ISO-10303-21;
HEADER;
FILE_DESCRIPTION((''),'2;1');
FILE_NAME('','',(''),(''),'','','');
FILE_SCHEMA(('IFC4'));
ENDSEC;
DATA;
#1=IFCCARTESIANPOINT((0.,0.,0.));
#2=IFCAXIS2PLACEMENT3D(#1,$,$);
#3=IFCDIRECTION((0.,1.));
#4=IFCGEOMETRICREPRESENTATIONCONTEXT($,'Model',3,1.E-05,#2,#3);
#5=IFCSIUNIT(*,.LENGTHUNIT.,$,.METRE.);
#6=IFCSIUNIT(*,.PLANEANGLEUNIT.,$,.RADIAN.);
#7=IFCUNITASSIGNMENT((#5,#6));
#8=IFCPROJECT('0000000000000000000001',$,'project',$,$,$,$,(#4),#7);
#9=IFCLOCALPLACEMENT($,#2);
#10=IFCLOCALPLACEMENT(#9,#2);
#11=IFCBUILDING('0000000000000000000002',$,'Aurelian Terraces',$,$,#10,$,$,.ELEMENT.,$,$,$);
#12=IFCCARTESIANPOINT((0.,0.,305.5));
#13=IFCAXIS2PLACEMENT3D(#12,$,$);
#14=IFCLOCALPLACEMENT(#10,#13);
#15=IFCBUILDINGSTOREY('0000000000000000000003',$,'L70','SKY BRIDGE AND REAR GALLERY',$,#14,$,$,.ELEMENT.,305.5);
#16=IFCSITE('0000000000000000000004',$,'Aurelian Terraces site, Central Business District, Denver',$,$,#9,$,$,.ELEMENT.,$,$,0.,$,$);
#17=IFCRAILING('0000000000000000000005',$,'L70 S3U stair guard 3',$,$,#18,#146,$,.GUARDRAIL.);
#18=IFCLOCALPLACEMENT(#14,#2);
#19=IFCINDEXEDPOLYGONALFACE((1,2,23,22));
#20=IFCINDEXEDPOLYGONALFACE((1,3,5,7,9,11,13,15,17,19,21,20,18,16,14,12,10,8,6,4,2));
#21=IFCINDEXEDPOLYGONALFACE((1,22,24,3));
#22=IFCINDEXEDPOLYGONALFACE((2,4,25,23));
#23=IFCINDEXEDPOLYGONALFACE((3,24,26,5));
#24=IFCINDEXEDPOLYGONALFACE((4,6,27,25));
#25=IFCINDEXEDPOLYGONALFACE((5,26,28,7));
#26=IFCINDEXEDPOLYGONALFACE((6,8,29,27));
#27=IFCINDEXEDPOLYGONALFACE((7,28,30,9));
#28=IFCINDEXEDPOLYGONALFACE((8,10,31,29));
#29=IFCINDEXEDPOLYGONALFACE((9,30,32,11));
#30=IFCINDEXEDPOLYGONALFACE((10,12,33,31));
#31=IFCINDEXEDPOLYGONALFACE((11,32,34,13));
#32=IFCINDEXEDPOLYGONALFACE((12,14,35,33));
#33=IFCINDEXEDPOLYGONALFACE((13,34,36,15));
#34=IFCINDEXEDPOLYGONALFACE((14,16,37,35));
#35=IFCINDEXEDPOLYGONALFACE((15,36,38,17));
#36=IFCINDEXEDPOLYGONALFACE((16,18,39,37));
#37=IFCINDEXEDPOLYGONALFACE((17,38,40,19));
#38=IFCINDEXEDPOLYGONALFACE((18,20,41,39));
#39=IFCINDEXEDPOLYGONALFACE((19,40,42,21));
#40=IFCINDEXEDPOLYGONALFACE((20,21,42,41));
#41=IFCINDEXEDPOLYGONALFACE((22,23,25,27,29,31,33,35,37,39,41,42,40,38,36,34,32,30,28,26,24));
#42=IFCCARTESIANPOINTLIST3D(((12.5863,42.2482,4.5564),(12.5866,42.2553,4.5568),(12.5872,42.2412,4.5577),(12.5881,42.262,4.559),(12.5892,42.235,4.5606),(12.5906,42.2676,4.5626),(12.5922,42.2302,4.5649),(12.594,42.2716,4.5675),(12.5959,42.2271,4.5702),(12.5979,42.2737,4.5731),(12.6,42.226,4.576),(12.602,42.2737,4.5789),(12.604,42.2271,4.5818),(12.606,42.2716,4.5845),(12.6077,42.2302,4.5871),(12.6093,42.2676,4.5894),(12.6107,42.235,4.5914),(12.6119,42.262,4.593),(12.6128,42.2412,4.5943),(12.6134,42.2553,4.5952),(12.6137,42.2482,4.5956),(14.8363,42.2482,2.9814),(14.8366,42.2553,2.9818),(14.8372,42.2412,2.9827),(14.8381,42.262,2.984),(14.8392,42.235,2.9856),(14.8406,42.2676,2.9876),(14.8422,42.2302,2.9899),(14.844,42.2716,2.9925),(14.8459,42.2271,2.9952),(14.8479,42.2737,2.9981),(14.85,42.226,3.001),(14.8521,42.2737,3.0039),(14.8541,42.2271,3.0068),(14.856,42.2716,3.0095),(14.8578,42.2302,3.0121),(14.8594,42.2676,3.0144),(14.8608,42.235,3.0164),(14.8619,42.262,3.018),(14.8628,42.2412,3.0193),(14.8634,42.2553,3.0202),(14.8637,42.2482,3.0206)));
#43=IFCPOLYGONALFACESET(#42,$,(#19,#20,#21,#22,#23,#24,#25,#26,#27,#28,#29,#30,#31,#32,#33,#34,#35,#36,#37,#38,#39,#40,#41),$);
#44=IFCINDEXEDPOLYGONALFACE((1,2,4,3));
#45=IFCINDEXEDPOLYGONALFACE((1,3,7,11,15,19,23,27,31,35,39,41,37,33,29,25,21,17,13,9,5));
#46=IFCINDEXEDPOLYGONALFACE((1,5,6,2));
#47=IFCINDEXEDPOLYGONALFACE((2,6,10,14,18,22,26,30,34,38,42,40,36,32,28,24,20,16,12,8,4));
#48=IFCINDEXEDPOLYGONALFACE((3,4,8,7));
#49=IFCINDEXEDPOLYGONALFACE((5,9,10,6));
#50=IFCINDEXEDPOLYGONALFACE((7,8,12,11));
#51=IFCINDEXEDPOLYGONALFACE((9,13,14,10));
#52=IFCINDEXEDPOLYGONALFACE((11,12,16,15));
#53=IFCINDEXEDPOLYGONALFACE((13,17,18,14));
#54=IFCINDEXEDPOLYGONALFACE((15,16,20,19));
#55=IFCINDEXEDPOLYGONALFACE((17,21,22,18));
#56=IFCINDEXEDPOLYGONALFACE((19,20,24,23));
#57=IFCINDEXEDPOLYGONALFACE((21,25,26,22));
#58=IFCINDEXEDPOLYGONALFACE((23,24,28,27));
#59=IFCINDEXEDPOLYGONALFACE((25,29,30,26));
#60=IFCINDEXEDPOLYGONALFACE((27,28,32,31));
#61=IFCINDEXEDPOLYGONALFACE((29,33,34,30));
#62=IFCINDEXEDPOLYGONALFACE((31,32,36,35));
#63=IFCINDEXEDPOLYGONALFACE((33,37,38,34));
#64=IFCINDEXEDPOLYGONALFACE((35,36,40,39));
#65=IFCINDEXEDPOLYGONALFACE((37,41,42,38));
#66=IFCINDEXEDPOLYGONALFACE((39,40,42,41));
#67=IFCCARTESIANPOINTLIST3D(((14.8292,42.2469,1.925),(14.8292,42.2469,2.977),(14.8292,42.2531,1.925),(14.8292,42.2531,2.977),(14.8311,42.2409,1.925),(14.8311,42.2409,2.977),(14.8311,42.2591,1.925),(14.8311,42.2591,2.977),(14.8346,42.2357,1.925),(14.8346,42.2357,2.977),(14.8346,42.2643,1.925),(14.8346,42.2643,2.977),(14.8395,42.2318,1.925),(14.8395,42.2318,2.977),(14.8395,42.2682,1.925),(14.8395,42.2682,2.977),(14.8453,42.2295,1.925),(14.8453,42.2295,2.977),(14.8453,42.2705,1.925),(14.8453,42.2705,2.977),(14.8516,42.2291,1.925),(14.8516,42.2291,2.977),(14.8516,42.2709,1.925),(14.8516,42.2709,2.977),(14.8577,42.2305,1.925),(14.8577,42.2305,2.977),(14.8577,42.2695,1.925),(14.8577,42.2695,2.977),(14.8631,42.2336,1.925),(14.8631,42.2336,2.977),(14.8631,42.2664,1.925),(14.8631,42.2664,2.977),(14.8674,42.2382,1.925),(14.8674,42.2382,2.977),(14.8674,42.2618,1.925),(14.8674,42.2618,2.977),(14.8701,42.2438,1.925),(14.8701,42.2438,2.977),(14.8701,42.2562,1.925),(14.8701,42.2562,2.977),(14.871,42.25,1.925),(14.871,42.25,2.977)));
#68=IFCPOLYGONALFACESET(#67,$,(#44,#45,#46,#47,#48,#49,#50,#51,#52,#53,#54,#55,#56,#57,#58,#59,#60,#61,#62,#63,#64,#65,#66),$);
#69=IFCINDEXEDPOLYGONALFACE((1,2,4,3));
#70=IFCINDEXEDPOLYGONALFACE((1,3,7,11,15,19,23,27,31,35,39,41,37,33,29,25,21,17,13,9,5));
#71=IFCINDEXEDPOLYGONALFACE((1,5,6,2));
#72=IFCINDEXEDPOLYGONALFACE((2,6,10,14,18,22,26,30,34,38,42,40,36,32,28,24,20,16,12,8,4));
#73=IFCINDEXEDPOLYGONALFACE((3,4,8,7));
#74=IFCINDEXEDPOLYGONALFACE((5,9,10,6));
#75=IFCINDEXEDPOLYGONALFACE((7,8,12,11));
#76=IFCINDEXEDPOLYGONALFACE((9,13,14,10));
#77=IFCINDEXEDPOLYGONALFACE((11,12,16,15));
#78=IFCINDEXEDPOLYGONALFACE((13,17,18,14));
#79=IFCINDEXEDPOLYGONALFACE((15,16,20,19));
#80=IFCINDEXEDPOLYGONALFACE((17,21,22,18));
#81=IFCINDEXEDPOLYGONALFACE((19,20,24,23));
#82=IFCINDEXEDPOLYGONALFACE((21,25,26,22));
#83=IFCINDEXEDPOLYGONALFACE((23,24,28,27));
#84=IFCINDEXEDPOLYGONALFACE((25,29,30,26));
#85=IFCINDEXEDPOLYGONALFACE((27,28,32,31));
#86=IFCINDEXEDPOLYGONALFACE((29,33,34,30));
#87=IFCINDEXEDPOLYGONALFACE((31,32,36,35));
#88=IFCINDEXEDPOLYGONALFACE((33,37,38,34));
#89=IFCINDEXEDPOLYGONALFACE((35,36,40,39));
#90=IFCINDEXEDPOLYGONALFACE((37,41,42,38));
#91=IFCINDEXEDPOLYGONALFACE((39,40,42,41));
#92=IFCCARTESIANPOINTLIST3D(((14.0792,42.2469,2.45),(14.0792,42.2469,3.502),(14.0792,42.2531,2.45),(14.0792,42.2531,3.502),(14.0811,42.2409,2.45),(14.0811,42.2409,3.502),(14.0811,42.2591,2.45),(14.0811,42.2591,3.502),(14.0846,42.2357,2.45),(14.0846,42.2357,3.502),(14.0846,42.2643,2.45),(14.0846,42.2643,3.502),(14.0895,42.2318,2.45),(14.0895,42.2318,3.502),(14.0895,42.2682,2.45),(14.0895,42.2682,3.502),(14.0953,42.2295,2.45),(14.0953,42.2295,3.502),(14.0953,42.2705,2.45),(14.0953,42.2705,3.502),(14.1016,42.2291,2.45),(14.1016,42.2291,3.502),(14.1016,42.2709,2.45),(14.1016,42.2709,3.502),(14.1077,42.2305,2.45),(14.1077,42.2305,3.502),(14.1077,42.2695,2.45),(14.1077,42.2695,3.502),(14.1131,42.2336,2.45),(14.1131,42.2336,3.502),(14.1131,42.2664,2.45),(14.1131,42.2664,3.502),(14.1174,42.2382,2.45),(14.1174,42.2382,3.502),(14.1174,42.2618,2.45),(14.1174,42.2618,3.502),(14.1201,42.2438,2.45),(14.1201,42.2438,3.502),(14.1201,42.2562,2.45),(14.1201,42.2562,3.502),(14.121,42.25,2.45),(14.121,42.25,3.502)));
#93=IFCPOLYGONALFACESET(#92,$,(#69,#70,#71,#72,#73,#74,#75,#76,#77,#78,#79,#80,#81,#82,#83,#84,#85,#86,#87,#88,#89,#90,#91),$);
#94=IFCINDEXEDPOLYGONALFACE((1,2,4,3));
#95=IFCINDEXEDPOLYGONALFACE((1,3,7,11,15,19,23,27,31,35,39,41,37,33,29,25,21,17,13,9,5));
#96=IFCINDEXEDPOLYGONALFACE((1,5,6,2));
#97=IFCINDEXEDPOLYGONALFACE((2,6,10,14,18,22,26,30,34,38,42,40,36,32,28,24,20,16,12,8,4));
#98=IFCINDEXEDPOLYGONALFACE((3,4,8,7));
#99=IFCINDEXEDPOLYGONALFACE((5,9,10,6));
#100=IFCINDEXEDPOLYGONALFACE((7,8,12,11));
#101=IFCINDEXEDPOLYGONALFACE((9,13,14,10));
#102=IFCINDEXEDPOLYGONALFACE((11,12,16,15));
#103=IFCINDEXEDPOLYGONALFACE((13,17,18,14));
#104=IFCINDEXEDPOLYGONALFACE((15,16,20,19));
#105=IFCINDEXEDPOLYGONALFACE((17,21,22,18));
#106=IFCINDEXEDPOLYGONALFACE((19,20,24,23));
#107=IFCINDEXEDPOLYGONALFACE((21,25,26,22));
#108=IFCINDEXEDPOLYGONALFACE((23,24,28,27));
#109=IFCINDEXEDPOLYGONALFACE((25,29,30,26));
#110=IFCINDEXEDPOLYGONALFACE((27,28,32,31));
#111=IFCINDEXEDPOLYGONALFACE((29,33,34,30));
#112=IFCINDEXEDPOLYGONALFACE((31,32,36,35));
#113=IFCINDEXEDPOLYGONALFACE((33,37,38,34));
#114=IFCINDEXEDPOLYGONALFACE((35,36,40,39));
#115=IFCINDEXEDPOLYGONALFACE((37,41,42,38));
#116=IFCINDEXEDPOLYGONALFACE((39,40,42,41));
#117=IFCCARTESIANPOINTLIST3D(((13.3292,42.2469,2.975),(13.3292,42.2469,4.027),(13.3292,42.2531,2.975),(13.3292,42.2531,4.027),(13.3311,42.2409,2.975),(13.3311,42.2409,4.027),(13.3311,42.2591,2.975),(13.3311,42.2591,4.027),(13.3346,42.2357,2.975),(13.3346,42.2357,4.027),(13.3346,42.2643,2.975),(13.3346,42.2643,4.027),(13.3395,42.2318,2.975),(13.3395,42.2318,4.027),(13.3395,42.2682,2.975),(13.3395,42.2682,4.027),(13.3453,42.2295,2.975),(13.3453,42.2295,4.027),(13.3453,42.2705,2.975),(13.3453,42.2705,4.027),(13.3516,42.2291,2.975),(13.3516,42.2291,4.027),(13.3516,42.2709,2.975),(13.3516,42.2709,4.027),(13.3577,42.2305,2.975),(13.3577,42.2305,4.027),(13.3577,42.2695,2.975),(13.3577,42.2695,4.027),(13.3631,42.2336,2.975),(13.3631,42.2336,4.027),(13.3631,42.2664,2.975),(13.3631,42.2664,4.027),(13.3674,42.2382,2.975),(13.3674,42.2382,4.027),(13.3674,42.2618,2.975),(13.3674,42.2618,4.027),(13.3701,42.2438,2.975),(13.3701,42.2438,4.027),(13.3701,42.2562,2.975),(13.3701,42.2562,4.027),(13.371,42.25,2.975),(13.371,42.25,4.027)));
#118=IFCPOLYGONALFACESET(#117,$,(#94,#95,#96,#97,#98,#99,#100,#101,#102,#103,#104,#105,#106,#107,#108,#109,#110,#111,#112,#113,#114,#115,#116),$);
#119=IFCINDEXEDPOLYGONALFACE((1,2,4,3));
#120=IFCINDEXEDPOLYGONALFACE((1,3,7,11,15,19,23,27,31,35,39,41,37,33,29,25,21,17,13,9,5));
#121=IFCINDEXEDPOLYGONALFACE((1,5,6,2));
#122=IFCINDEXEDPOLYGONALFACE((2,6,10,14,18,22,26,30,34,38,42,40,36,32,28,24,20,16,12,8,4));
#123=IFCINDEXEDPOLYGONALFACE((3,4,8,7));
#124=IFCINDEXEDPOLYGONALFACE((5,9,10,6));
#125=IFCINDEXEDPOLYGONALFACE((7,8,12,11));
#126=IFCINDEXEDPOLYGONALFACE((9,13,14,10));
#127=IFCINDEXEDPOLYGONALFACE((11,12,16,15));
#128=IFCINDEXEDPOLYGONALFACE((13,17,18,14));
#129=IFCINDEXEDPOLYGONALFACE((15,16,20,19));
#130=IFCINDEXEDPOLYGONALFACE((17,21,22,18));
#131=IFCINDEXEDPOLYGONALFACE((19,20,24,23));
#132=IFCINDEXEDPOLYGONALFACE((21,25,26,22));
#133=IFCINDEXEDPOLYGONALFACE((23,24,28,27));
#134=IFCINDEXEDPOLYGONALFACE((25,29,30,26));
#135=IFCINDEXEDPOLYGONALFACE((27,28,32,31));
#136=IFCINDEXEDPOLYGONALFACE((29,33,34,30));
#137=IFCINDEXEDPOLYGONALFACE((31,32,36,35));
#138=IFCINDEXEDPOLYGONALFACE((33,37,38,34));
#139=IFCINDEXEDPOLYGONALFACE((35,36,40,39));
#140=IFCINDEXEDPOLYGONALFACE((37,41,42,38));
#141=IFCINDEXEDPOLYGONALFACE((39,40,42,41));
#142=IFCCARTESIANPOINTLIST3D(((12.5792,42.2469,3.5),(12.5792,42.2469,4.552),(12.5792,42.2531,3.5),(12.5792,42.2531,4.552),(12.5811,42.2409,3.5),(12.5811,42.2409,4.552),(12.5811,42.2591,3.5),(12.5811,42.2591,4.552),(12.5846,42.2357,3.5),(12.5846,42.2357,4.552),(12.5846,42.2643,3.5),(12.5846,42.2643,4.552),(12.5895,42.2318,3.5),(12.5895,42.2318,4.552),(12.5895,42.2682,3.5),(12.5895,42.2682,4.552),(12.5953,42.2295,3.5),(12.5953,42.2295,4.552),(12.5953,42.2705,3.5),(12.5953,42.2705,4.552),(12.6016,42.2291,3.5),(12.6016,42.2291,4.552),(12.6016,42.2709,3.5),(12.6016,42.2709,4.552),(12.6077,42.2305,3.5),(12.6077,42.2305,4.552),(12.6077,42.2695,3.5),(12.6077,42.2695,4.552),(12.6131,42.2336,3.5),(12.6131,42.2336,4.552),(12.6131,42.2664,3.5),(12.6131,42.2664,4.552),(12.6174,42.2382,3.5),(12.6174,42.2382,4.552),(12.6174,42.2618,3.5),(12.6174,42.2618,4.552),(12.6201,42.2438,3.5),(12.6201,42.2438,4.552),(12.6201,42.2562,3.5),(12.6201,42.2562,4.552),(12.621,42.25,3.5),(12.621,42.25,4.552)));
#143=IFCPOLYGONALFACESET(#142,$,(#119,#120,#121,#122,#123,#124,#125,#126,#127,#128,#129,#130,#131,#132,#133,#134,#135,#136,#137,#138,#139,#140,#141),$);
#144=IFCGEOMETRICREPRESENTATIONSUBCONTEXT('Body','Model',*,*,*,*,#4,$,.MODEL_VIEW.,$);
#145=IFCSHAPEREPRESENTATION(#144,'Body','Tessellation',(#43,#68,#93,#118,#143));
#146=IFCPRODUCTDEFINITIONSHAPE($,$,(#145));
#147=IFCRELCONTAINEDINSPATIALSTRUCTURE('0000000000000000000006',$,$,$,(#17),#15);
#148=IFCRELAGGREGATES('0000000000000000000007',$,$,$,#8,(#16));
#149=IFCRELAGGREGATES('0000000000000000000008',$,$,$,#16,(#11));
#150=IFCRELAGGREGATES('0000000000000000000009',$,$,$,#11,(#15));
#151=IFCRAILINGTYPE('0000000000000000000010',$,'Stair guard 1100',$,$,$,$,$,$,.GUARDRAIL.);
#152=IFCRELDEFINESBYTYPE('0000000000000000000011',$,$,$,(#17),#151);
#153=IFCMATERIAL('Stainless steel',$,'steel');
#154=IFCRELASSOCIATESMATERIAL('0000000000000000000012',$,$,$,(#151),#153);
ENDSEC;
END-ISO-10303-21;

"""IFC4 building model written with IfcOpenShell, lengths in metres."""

from ifc_helpers import new_model, si_unit, direction, frame, origin, origin_2d, place, context, subcontext, project, spatial, circle, extrude, source, transform, mapped, material, type_object, element, save


model = new_model("IFC4")

# Units and contexts
model_context = context("Model", 3, precision=1e-05, world=origin(), true_north=direction((0.0, 1.0)))
body_context = subcontext(model_context, "Body", "Model", "MODEL_VIEW")
ifc_project = project(units=[si_unit("LENGTHUNIT", "METRE"), si_unit("PLANEANGLEUNIT", "RADIAN")], contexts=[model_context])

# Site, building, storey
site_placement = place(None, origin())
site = spatial("IfcSite", under=ifc_project, at=site_placement, Name="Aurelian Terraces site, Central Business District, Denver", CompositionType="ELEMENT", RefElevation=0.0)
building_placement = place(site_placement, origin())
building = spatial("IfcBuilding", under=site, at=building_placement, Name="Aurelian Terraces", CompositionType="ELEMENT")
storey_placement = place(building_placement, frame((0.0, 0.0, 305.5)))
storey = spatial("IfcBuildingStorey", under=building, at=storey_placement, Name="L70", Description="SKY BRIDGE AND REAR GALLERY", CompositionType="ELEMENT", Elevation=305.5)

# Railing
ifc_material_1 = material(Name="Stainless steel", Category="steel")
railing_type_1 = type_object("IfcRailingType", Name="Stair guard 1100", PredefinedType="GUARDRAIL", material=ifc_material_1)
shared_shape_1 = source(origin(), body_context, "Body", "SweptSolid", [
    extrude(circle(Radius=0.024, at=origin_2d()), frame((0.0, 0.0, 1.076), z_axis=(-0.819232, 0.0, 0.573462), x_axis=(0.0, -1.0, 0.0)), (0.0, 0.0, 1.0), 2.7465),
    extrude(circle(Radius=0.021, at=origin_2d()), origin(), (0.0, 0.0, 1.0), 1.052),
    extrude(circle(Radius=0.021, at=origin_2d()), frame((-0.75, 0.0, 0.525)), (0.0, 0.0, 1.0), 1.052),
    extrude(circle(Radius=0.021, at=origin_2d()), frame((-1.5, 0.0, 1.05)), (0.0, 0.0, 1.0), 1.052),
    extrude(circle(Radius=0.021, at=origin_2d()), frame((-2.25, 0.0, 1.575)), (0.0, 0.0, 1.0), 1.052),
])
railing_1_placement = place(storey_placement, frame((14.85, 42.25, 1.925)))
element("IfcRailing", 1, at=railing_1_placement, inside=storey, type_object=railing_type_1, Name="L70 S3U stair guard 3", PredefinedType="GUARDRAIL", context=body_context, shape_type="MappedRepresentation", body=[
    mapped(shared_shape_1, transform((0.0, 0.0, 0.0), scale=1.0)),
])

save(model, "model.ifc")
